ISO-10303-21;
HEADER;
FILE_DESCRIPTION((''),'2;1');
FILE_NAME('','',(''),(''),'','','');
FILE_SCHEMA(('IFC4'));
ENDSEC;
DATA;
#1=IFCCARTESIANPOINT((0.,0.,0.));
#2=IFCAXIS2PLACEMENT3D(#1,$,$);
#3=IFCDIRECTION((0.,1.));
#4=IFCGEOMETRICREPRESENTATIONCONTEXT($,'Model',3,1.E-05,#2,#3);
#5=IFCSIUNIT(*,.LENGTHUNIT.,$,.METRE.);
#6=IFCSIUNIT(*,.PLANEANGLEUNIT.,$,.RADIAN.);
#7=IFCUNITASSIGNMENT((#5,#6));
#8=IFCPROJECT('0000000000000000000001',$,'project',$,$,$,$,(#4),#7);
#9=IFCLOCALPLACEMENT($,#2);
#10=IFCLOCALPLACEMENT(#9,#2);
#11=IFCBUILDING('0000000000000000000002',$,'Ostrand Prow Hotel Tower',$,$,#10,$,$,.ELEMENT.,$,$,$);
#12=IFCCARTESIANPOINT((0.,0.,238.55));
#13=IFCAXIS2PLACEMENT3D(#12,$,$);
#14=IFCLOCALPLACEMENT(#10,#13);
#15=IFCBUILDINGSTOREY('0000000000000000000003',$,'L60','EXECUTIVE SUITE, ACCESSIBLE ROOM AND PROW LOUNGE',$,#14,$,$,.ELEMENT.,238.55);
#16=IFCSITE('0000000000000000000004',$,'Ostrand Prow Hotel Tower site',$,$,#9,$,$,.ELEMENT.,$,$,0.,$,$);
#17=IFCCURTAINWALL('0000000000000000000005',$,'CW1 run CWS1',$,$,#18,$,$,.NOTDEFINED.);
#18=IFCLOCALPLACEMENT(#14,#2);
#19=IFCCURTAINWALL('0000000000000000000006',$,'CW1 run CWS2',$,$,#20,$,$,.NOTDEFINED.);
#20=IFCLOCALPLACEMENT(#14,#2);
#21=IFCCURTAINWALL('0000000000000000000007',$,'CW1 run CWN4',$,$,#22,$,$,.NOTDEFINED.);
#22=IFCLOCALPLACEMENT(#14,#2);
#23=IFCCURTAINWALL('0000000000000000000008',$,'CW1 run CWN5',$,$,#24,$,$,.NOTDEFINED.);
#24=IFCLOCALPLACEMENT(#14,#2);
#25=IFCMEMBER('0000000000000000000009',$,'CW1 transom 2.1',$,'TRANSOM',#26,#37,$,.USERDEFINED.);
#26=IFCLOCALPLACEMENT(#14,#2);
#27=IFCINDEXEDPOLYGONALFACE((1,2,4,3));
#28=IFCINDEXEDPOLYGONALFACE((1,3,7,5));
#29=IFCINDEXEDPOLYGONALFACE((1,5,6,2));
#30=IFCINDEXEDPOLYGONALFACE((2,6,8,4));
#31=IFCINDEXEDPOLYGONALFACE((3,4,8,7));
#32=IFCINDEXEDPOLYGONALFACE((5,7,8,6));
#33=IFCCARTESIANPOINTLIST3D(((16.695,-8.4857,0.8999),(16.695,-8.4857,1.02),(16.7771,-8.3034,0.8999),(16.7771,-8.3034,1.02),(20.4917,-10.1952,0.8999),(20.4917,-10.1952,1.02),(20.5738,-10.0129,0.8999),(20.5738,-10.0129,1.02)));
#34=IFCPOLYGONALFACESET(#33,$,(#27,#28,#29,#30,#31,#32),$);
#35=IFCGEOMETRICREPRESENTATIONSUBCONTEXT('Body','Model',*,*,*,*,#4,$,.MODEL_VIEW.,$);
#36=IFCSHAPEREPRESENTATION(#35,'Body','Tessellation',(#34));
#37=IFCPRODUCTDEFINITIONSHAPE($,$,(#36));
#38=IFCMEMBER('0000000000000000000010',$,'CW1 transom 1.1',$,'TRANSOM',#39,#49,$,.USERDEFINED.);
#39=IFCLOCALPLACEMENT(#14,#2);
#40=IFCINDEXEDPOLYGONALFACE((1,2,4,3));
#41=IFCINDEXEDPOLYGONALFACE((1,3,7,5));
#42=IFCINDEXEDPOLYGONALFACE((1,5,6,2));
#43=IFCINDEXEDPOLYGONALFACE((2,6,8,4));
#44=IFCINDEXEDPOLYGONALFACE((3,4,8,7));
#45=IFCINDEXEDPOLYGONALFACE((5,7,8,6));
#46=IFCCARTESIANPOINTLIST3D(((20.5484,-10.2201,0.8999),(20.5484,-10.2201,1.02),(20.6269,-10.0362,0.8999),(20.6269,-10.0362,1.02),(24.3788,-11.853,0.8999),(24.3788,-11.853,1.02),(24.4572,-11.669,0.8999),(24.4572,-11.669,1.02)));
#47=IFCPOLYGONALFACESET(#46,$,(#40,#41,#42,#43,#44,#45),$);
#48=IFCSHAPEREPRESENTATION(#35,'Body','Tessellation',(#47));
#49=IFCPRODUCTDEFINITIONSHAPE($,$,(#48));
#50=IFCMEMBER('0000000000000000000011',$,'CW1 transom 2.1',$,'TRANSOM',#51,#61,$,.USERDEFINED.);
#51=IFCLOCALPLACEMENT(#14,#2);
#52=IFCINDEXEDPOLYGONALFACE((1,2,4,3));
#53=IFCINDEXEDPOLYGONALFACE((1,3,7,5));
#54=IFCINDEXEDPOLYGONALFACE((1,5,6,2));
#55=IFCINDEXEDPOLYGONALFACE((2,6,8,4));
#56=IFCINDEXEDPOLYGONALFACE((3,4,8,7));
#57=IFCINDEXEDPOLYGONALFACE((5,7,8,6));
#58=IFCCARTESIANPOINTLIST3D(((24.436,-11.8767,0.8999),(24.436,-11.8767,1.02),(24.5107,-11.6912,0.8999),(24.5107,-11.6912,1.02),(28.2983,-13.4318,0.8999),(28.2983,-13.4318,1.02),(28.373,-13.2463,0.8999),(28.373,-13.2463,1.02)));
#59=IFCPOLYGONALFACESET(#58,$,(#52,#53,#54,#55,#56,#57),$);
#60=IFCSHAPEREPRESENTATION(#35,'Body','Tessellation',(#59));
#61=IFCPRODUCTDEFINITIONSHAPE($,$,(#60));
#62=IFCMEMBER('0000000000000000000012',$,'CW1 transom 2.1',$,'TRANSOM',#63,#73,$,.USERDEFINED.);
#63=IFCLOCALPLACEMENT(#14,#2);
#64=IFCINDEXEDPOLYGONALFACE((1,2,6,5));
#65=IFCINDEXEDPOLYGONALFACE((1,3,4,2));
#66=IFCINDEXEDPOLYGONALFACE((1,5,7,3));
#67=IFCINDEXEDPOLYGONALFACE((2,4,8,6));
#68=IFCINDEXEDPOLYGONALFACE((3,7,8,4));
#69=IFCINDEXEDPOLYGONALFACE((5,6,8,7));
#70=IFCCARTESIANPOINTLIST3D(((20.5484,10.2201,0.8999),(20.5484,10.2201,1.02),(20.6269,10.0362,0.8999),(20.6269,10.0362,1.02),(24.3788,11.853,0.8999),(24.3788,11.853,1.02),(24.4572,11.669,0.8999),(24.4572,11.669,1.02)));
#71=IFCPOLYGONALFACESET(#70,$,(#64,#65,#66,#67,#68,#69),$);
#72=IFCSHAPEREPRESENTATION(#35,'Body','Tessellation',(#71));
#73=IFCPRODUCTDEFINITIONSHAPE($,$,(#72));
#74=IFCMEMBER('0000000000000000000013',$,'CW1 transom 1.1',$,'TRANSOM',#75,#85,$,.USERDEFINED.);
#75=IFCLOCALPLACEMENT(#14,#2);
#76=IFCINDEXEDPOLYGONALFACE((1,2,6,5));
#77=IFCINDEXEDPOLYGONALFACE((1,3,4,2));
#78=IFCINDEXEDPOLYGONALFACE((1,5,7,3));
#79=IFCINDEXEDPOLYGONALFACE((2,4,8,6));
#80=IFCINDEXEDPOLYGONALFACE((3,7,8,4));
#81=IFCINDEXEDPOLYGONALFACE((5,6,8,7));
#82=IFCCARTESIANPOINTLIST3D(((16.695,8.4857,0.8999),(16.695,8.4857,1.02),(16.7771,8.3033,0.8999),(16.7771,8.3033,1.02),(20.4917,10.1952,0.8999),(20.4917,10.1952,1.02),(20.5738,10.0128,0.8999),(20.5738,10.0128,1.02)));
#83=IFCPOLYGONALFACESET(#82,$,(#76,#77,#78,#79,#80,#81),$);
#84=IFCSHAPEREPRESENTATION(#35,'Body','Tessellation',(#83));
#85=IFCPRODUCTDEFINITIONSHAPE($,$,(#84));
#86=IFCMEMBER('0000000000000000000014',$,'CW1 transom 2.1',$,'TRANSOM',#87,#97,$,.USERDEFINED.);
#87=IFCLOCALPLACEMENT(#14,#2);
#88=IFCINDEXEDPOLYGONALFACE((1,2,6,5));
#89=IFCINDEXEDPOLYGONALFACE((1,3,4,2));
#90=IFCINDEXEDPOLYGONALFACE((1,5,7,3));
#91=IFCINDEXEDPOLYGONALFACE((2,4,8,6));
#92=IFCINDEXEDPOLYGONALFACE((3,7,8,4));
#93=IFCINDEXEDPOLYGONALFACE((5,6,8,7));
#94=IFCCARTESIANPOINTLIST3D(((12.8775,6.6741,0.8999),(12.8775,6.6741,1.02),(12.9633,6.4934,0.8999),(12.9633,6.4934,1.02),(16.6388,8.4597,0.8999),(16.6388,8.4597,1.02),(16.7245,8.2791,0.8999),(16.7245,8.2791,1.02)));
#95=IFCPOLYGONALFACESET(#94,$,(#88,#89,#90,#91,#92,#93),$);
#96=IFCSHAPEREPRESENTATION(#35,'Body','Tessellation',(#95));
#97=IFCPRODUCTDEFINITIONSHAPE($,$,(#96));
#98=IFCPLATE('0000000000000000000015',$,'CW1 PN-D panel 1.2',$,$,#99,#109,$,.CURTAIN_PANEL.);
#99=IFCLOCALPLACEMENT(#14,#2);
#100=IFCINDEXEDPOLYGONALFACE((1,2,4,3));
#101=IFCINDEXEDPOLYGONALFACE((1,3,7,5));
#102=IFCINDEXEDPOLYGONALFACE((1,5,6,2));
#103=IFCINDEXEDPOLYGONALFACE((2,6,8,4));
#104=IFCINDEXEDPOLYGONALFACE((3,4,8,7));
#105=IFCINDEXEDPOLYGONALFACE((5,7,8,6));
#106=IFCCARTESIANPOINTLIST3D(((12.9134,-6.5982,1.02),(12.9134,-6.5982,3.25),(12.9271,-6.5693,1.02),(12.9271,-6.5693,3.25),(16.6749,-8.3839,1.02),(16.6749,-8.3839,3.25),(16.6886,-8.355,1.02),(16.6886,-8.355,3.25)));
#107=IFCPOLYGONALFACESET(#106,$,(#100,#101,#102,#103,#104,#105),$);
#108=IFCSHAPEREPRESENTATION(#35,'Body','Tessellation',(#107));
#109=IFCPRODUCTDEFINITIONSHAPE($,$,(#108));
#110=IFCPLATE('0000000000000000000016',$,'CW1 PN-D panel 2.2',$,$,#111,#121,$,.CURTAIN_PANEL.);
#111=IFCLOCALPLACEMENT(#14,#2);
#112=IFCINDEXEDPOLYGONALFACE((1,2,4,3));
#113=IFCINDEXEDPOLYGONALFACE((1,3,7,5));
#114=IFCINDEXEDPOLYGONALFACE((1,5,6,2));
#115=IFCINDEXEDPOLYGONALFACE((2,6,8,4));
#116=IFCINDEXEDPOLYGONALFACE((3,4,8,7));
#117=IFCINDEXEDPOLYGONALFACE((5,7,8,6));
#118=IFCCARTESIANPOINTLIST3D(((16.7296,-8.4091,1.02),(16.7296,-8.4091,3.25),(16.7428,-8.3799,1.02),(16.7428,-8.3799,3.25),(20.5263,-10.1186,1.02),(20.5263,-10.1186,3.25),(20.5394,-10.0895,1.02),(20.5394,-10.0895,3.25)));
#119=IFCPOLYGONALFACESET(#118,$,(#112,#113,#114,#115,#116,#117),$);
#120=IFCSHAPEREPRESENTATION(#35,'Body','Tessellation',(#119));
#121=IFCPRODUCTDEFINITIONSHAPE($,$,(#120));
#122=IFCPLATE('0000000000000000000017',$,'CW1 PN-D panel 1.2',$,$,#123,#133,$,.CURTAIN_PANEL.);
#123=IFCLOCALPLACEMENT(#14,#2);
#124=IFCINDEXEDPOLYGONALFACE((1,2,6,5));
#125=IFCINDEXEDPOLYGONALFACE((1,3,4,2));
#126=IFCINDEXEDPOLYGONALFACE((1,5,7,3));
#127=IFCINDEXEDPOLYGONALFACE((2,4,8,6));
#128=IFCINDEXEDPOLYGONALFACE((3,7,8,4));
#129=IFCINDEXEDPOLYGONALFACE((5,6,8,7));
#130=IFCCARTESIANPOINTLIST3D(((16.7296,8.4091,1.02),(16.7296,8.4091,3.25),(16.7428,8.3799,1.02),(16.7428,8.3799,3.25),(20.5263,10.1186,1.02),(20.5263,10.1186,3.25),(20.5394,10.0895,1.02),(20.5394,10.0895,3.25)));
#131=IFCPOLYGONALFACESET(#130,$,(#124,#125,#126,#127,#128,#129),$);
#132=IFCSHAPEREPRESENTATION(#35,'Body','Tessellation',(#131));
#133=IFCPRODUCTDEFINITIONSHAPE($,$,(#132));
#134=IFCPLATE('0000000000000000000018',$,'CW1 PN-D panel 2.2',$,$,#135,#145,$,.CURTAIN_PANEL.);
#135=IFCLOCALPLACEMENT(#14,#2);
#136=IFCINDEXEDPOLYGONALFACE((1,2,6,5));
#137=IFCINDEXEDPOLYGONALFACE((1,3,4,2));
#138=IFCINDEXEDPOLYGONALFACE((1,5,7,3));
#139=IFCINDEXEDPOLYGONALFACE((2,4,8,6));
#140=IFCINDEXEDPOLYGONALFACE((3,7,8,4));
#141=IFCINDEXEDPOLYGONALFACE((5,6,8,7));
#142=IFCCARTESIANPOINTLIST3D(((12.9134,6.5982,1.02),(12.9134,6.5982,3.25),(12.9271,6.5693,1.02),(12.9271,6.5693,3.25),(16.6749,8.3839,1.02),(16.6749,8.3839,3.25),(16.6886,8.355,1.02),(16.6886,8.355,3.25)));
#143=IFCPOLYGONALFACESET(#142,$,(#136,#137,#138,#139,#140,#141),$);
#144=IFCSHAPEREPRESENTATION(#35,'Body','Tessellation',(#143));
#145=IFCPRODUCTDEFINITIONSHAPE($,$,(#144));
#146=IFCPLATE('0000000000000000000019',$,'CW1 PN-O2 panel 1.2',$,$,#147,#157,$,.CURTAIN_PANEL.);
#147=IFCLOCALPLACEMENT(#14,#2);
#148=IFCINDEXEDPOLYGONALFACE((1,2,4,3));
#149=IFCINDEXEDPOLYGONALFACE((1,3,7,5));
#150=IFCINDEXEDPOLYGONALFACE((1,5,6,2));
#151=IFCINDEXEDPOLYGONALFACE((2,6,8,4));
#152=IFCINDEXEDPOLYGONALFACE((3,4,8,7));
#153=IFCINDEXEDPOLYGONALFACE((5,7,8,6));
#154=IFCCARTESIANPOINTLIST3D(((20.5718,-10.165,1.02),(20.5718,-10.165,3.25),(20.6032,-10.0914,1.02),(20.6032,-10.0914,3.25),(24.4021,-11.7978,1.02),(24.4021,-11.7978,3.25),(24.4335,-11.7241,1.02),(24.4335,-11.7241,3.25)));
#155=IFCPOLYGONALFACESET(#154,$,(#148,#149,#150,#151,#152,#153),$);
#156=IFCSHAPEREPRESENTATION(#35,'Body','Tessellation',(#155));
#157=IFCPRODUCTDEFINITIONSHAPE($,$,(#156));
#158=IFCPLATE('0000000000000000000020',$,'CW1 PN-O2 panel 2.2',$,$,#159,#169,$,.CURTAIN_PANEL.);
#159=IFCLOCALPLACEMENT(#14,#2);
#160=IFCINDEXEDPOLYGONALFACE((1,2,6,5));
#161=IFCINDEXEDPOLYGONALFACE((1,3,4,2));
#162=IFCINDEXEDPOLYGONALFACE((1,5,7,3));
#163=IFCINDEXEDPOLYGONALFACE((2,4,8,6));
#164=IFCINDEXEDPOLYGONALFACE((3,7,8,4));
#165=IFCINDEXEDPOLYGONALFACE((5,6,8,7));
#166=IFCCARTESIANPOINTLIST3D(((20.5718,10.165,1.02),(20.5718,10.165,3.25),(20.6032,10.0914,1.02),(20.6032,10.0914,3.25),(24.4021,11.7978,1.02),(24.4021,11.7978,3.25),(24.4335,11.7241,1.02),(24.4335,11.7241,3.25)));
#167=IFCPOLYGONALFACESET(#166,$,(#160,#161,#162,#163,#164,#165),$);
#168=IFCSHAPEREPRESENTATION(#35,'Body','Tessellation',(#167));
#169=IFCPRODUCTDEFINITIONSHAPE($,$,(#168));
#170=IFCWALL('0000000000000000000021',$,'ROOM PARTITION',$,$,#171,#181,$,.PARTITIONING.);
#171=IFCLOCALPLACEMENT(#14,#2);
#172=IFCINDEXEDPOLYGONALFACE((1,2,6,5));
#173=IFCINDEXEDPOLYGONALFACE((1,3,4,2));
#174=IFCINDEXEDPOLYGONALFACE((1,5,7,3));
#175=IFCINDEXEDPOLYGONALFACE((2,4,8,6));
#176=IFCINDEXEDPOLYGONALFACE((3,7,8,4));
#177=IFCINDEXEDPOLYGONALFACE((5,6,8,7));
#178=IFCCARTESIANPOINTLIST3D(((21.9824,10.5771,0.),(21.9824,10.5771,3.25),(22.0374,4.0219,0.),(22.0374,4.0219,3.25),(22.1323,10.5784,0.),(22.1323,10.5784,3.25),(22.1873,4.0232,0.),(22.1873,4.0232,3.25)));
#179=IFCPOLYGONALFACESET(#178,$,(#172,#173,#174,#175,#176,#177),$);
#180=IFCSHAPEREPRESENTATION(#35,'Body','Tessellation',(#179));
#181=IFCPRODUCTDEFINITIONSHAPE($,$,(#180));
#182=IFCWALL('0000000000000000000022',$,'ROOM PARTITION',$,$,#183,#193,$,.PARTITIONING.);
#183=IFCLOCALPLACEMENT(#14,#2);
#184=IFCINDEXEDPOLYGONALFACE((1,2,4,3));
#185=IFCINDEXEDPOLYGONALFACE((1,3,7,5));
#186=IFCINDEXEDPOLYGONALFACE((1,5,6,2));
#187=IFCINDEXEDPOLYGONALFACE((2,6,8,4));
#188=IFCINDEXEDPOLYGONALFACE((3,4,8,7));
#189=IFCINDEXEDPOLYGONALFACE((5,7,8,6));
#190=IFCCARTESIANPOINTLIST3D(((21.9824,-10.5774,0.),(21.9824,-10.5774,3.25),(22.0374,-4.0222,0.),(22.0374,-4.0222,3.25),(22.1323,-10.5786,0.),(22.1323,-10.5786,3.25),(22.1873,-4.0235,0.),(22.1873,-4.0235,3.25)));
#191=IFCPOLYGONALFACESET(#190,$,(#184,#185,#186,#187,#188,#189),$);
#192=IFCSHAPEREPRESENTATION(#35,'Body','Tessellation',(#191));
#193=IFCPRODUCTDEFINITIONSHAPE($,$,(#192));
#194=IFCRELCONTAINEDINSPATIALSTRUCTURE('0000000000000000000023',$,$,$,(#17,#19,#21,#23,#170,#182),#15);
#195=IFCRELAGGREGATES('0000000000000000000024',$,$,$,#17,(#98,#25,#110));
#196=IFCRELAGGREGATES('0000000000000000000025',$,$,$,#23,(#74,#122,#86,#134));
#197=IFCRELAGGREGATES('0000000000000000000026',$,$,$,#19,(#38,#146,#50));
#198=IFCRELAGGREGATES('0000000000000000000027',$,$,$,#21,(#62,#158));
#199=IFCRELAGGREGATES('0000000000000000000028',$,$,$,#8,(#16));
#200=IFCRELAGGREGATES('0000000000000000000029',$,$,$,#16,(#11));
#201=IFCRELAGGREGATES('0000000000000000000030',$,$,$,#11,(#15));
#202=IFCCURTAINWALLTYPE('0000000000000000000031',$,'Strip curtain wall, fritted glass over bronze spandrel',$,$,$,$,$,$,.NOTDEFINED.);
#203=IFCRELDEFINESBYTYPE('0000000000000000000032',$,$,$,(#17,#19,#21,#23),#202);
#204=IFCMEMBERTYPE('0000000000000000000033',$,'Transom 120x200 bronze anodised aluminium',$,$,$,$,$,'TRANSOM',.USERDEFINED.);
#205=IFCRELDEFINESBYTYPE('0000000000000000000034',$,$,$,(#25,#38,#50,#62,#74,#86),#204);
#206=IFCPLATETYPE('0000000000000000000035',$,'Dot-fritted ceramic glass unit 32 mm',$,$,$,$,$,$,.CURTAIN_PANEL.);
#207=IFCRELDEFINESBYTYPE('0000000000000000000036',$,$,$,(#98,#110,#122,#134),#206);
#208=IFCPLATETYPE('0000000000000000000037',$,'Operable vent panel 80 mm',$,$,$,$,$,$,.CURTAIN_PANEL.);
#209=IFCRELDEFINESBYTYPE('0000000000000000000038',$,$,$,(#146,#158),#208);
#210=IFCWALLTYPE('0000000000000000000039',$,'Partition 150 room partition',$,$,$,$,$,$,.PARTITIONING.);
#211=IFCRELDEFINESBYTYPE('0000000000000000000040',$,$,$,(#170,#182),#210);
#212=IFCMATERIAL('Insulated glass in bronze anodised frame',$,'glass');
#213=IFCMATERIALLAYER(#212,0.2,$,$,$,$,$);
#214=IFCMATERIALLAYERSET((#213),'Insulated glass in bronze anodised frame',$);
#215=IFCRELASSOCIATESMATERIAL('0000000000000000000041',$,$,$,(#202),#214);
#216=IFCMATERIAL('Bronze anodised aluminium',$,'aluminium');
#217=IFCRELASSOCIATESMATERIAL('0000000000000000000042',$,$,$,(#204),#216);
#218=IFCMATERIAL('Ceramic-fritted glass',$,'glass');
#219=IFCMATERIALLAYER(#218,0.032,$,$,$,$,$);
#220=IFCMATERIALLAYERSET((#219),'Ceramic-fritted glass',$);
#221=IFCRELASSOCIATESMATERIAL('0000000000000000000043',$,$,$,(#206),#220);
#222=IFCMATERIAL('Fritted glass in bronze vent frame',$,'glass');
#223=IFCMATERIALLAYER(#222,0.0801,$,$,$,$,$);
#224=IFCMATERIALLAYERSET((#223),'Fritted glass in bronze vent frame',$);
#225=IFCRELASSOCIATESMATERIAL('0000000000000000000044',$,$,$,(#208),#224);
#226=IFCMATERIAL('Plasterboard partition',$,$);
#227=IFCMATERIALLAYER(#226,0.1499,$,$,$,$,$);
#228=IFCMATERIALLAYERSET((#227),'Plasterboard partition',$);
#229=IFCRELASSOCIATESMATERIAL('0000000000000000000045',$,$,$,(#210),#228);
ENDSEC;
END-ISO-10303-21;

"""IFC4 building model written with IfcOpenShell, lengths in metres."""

from ifc_helpers import new_model, si_unit, direction, frame, frame_2d, origin, origin_2d, place, context, subcontext, project, spatial, rectangle, extrude, material, layer, layer_set, material_profile, profile_set, type_object, element, aggregate, save


model = new_model("IFC4")

# Units and contexts
model_context = context("Model", 3, precision=1e-05, world=origin(), true_north=direction((0.0, 1.0)))
body_context = subcontext(model_context, "Body", "Model", "MODEL_VIEW")
ifc_project = project(units=[si_unit("LENGTHUNIT", "METRE"), si_unit("PLANEANGLEUNIT", "RADIAN")], contexts=[model_context])

# Site, building, storey
site_placement = place(None, origin())
site = spatial("IfcSite", under=ifc_project, at=site_placement, Name="Ostrand Prow Hotel Tower site", CompositionType="ELEMENT", RefElevation=0.0)
building_placement = place(site_placement, origin())
building = spatial("IfcBuilding", under=site, at=building_placement, Name="Ostrand Prow Hotel Tower", CompositionType="ELEMENT")
storey_placement = place(building_placement, frame((0.0, 0.0, 238.55)))
storey = spatial("IfcBuildingStorey", under=building, at=storey_placement, Name="L60", Description="EXECUTIVE SUITE, ACCESSIBLE ROOM AND PROW LOUNGE", CompositionType="ELEMENT", Elevation=238.55)

# Curtain wall
ifc_material_1 = material(Name="Insulated glass in bronze anodised frame", Category="glass")
ifc_layer_1 = layer(ifc_material_1, 0.2)
ifc_layer_set_1 = layer_set([ifc_layer_1], Name="Insulated glass in bronze anodised frame")
curtain_wall_type = type_object("IfcCurtainWallType", Name="Strip curtain wall, fritted glass over bronze spandrel", PredefinedType="NOTDEFINED", material=ifc_layer_set_1)
curtain_wall_1_placement = place(storey_placement, origin())
curtain_wall_1 = element("IfcCurtainWall", 1, at=curtain_wall_1_placement, inside=storey, type_object=curtain_wall_type, Name="CW1 run CWS1", PredefinedType="NOTDEFINED")

# Curtain wall
curtain_wall_2_placement = place(storey_placement, origin())
curtain_wall_2 = element("IfcCurtainWall", 2, at=curtain_wall_2_placement, inside=storey, type_object=curtain_wall_type, Name="CW1 run CWS2", PredefinedType="NOTDEFINED")

# Curtain wall
curtain_wall_3_placement = place(storey_placement, origin())
curtain_wall_3 = element("IfcCurtainWall", 3, at=curtain_wall_3_placement, inside=storey, type_object=curtain_wall_type, Name="CW1 run CWN4", PredefinedType="NOTDEFINED")

# Curtain wall
curtain_wall_4_placement = place(storey_placement, origin())
curtain_wall_4 = element("IfcCurtainWall", 4, at=curtain_wall_4_placement, inside=storey, type_object=curtain_wall_type, Name="CW1 run CWN5", PredefinedType="NOTDEFINED")

# Members
ifc_material_2 = material(Name="Bronze anodised aluminium", Category="aluminium")
ifc_material_profile_1 = material_profile(ifc_material_2, rectangle(XDim=0.2, YDim=0.1201, at=origin_2d()), Name="Transom 120x200 bronze anodised aluminium")
ifc_profile_set_1 = profile_set([ifc_material_profile_1], Name="Bronze anodised aluminium")
member_type_1 = type_object("IfcMemberType", Name="Transom 120x200 bronze anodised aluminium", ElementType="TRANSOM", PredefinedType="USERDEFINED", material=ifc_profile_set_1)
member_1_placement = place(storey_placement, frame((16.7361, -8.3945, 0.96), z_axis=(0.911833, -0.410562, 0.0), x_axis=(0.410562, 0.911833, 0.0)))
member_1 = element("IfcMember", 5, at=member_1_placement, type_object=member_type_1, Name="CW1 transom 2.1", ObjectType="TRANSOM", PredefinedType="USERDEFINED", context=body_context, shape_type="SweptSolid", body=[
    extrude(rectangle(XDim=0.2, YDim=0.1201, at=origin_2d()), origin(), (0.0, 0.0, 1.0), 4.1638),
])
member_2_placement = place(storey_placement, frame((20.5876, -10.1282, 0.96), z_axis=(0.919905, -0.392142, 0.0), x_axis=(0.392142, 0.919905, 0.0)))
member_2 = element("IfcMember", 6, at=member_2_placement, type_object=member_type_1, Name="CW1 transom 1.1", ObjectType="TRANSOM", PredefinedType="USERDEFINED", context=body_context, shape_type="SweptSolid", body=[
    extrude(rectangle(XDim=0.2, YDim=0.1201, at=origin_2d()), origin(), (0.0, 0.0, 1.0), 4.1638),
])
member_3_placement = place(storey_placement, frame((24.4734, -11.7839, 0.96), z_axis=(0.927625, -0.373513, 0.0), x_axis=(0.373513, 0.927625, 0.0)))
member_3 = element("IfcMember", 7, at=member_3_placement, type_object=member_type_1, Name="CW1 transom 2.1", ObjectType="TRANSOM", PredefinedType="USERDEFINED", context=body_context, shape_type="SweptSolid", body=[
    extrude(rectangle(XDim=0.2, YDim=0.1201, at=origin_2d()), origin(), (0.0, 0.0, 1.0), 4.1636),
])
member_4_placement = place(storey_placement, frame((24.418, 11.761, 0.96), z_axis=(-0.919905, -0.392142, 0.0), x_axis=(0.392142, -0.919905, 0.0)))
member_4 = element("IfcMember", 8, at=member_4_placement, type_object=member_type_1, Name="CW1 transom 2.1", ObjectType="TRANSOM", PredefinedType="USERDEFINED", context=body_context, shape_type="SweptSolid", body=[
    extrude(rectangle(XDim=0.2, YDim=0.1201, at=origin_2d()), origin(), (0.0, 0.0, 1.0), 4.1638),
])
member_5_placement = place(storey_placement, frame((20.5327, 10.104, 0.96), z_axis=(-0.911833, -0.410562, 0.0), x_axis=(0.410562, -0.911833, 0.0)))
member_5 = element("IfcMember", 9, at=member_5_placement, type_object=member_type_1, Name="CW1 transom 1.1", ObjectType="TRANSOM", PredefinedType="USERDEFINED", context=body_context, shape_type="SweptSolid", body=[
    extrude(rectangle(XDim=0.2, YDim=0.1201, at=origin_2d()), origin(), (0.0, 0.0, 1.0), 4.1638),
])
member_6_placement = place(storey_placement, frame((16.6816, 8.3694, 0.96), z_axis=(-0.903365, -0.428873, 0.0), x_axis=(0.428873, -0.903365, 0.0)))
member_6 = element("IfcMember", 10, at=member_6_placement, type_object=member_type_1, Name="CW1 transom 2.1", ObjectType="TRANSOM", PredefinedType="USERDEFINED", context=body_context, shape_type="SweptSolid", body=[
    extrude(rectangle(XDim=0.2, YDim=0.1201, at=origin_2d()), origin(), (0.0, 0.0, 1.0), 4.1636),
])

# Plates
ifc_material_3 = material(Name="Ceramic-fritted glass", Category="glass")
ifc_layer_2 = layer(ifc_material_3, 0.032)
ifc_layer_set_2 = layer_set([ifc_layer_2], Name="Ceramic-fritted glass")
plate_type_1 = type_object("IfcPlateType", Name="Dot-fritted ceramic glass unit 32 mm", PredefinedType="CURTAIN_PANEL", material=ifc_layer_set_2)
plate_1_placement = place(storey_placement, frame((14.801, -7.4766, 1.02), z_axis=(0.0, 0.0, 1.0), x_axis=(0.90337, -0.428861, 0.0)))
plate_1 = element("IfcPlate", 11, at=plate_1_placement, type_object=plate_type_1, Name="CW1 PN-D panel 1.2", PredefinedType="CURTAIN_PANEL", context=body_context, shape_type="SweptSolid", body=[
    extrude(rectangle(XDim=4.1638, YDim=0.032, at=origin_2d()), origin(), (0.0, 0.0, 1.0), 2.23),
])
plate_2_placement = place(storey_placement, frame((18.6345, -9.2493, 1.02), z_axis=(0.0, 0.0, 1.0), x_axis=(0.911824, -0.410582, 0.0)))
plate_2 = element("IfcPlate", 12, at=plate_2_placement, type_object=plate_type_1, Name="CW1 PN-D panel 2.2", PredefinedType="CURTAIN_PANEL", context=body_context, shape_type="SweptSolid", body=[
    extrude(rectangle(XDim=4.1638, YDim=0.032, at=origin_2d()), origin(), (0.0, 0.0, 1.0), 2.23),
])
aggregate(curtain_wall_1, [plate_1, member_1, plate_2])
plate_3_placement = place(storey_placement, frame((18.6345, 9.2493, 1.02), z_axis=(0.0, 0.0, 1.0), x_axis=(-0.911824, -0.410582, 0.0)))
plate_3 = element("IfcPlate", 13, at=plate_3_placement, type_object=plate_type_1, Name="CW1 PN-D panel 1.2", PredefinedType="CURTAIN_PANEL", context=body_context, shape_type="SweptSolid", body=[
    extrude(rectangle(XDim=4.1638, YDim=0.032, at=origin_2d()), origin(), (0.0, 0.0, 1.0), 2.23),
])
plate_4_placement = place(storey_placement, frame((14.801, 7.4766, 1.02), z_axis=(0.0, 0.0, 1.0), x_axis=(-0.90337, -0.428861, 0.0)))
plate_4 = element("IfcPlate", 14, at=plate_4_placement, type_object=plate_type_1, Name="CW1 PN-D panel 2.2", PredefinedType="CURTAIN_PANEL", context=body_context, shape_type="SweptSolid", body=[
    extrude(rectangle(XDim=4.1638, YDim=0.032, at=origin_2d()), origin(), (0.0, 0.0, 1.0), 2.23),
])
aggregate(curtain_wall_4, [member_5, plate_3, member_6, plate_4])
ifc_material_4 = material(Name="Fritted glass in bronze vent frame", Category="glass")
ifc_layer_3 = layer(ifc_material_4, 0.0801)
ifc_layer_set_3 = layer_set([ifc_layer_3], Name="Fritted glass in bronze vent frame")
plate_type_2 = type_object("IfcPlateType", Name="Operable vent panel 80 mm", PredefinedType="CURTAIN_PANEL", material=ifc_layer_set_3)
plate_5_placement = place(storey_placement, frame((22.5027, -10.9446, 1.02), z_axis=(0.0, 0.0, 1.0), x_axis=(0.919907, -0.392136, 0.0)))
plate_5 = element("IfcPlate", 15, at=plate_5_placement, type_object=plate_type_2, Name="CW1 PN-O2 panel 1.2", PredefinedType="CURTAIN_PANEL", context=body_context, shape_type="SweptSolid", body=[
    extrude(rectangle(XDim=4.1638, YDim=0.0801, at=origin_2d()), origin(), (0.0, 0.0, 1.0), 2.23),
])
aggregate(curtain_wall_2, [member_2, plate_5, member_3])
plate_6_placement = place(storey_placement, frame((22.5027, 10.9446, 1.02), z_axis=(0.0, 0.0, 1.0), x_axis=(-0.919907, -0.392136, 0.0)))
plate_6 = element("IfcPlate", 16, at=plate_6_placement, type_object=plate_type_2, Name="CW1 PN-O2 panel 2.2", PredefinedType="CURTAIN_PANEL", context=body_context, shape_type="SweptSolid", body=[
    extrude(rectangle(XDim=4.1638, YDim=0.0801, at=origin_2d()), origin(), (0.0, 0.0, 1.0), 2.23),
])
aggregate(curtain_wall_3, [member_4, plate_6])

# Walls
ifc_material_5 = material(Name="Plasterboard partition")
ifc_layer_4 = layer(ifc_material_5, 0.1499)
ifc_layer_set_4 = layer_set([ifc_layer_4], Name="Plasterboard partition")
wall_type_1 = type_object("IfcWallType", Name="Partition 150 room partition", PredefinedType="PARTITIONING", material=ifc_layer_set_4)
for number, where, z_axis, x_axis, name in (
    (17, (22.0574, 10.5779, 0.0), (0.0, 0.0, 1.0), (0.00838, -0.999965, 0.0), "ROOM PARTITION"),
    (18, (22.1123, -4.0227, 0.0), (0.0, 0.0, 1.0), (-0.00838, -0.999965, 0.0), "ROOM PARTITION"),
):
    element("IfcWall", number, at=place(storey_placement, frame(where, z_axis=z_axis, x_axis=x_axis)), inside=storey, type_object=wall_type_1, Name=name, PredefinedType="PARTITIONING", context=body_context, shape_type="SweptSolid", body=[
        extrude(rectangle(XDim=6.5554, YDim=0.1499, at=frame_2d((3.2778, 0.0))), origin(), (0.0, 0.0, 1.0), 3.25),
    ])

save(model, "model.ifc")
